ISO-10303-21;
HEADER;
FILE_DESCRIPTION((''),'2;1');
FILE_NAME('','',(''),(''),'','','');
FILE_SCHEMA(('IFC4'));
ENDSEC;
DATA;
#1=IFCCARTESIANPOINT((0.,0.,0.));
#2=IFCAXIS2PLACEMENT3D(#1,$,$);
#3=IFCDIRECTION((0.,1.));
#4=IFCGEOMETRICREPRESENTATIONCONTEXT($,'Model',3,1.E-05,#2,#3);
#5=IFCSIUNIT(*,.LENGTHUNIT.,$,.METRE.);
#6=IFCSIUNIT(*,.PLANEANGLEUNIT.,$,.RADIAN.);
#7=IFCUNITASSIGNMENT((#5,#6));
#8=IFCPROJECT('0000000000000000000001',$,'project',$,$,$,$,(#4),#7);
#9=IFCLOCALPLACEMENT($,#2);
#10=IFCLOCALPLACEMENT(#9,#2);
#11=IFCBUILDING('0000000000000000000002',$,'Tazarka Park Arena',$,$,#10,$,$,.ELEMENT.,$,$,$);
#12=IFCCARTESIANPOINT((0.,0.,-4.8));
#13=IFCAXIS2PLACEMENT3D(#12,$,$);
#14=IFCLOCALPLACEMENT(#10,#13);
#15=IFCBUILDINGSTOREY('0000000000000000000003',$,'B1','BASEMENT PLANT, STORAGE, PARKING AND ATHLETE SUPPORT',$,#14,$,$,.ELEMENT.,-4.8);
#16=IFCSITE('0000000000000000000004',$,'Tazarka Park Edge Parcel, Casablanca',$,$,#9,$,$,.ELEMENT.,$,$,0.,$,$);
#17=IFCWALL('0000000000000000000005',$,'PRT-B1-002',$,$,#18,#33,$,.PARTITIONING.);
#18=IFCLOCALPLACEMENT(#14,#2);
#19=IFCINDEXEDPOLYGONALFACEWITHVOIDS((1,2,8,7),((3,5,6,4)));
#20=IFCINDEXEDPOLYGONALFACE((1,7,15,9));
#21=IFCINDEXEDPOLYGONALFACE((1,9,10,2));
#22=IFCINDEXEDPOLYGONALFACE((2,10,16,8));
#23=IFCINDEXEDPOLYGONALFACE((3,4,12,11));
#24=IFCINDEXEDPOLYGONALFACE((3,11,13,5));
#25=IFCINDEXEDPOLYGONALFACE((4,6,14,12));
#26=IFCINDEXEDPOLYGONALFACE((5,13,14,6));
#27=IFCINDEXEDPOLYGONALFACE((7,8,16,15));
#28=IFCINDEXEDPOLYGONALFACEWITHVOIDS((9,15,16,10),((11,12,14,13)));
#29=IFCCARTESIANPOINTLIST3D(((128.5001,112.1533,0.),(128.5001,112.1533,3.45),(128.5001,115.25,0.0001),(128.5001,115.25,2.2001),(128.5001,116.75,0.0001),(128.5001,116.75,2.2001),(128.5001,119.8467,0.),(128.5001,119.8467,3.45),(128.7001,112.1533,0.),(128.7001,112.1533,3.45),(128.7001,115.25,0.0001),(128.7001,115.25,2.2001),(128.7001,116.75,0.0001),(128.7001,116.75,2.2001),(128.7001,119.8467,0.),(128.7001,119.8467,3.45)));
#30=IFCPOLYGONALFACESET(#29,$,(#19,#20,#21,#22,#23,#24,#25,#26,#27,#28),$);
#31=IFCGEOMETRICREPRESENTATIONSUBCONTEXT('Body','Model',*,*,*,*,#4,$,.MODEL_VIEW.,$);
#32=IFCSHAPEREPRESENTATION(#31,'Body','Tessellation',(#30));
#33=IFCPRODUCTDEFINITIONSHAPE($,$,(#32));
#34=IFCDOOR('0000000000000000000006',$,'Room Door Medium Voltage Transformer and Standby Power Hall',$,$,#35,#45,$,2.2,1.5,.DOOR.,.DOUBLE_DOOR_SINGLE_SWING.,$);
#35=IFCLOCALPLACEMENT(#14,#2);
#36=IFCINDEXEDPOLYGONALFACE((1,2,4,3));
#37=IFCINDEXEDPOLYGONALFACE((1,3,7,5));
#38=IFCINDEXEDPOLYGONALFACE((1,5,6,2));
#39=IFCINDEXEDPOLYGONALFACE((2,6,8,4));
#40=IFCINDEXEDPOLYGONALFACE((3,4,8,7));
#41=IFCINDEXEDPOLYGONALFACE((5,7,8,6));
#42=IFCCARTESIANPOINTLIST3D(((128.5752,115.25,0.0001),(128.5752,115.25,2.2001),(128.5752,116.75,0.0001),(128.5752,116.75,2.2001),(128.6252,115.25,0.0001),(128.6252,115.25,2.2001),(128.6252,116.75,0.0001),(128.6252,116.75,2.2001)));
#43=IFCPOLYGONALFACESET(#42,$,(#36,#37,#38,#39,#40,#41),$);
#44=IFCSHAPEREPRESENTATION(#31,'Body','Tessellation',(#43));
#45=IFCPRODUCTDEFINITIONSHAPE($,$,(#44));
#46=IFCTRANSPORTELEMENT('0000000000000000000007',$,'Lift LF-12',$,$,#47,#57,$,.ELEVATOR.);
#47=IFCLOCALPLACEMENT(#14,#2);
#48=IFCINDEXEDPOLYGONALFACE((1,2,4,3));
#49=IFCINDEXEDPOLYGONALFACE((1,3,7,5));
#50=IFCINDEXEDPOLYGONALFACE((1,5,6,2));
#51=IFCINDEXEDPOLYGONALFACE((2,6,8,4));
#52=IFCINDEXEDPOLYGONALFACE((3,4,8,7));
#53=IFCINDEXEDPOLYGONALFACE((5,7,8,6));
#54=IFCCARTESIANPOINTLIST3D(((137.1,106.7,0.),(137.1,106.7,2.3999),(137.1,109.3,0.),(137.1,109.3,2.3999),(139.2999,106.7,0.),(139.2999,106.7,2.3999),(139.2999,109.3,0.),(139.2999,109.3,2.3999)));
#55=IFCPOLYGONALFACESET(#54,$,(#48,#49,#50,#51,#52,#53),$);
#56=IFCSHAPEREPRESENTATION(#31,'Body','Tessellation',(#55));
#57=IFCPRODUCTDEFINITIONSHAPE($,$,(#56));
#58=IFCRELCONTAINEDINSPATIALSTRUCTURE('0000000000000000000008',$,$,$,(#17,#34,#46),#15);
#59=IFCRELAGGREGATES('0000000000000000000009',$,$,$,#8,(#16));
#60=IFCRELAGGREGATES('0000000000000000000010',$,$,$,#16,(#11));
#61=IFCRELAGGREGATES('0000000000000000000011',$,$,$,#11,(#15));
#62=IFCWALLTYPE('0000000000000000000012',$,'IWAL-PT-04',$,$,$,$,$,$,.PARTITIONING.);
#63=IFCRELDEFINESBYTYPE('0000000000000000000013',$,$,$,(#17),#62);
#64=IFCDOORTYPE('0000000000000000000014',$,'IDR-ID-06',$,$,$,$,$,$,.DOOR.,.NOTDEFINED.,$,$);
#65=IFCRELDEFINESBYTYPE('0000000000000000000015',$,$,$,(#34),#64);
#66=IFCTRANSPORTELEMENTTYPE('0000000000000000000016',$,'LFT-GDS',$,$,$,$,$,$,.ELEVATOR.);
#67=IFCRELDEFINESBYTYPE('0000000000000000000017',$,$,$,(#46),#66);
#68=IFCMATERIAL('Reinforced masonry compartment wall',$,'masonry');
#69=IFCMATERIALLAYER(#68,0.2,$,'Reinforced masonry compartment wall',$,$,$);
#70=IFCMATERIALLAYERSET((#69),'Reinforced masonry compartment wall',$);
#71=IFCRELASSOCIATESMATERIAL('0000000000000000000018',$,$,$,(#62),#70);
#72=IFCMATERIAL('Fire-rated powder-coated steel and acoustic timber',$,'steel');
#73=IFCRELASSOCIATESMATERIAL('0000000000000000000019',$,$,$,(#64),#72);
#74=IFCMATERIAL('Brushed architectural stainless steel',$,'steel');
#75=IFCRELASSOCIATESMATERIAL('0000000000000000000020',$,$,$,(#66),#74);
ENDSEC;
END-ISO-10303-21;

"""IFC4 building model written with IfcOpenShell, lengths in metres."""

from ifc_helpers import new_model, si_unit, direction, frame, frame_2d, origin, origin_2d, place, context, subcontext, project, spatial, rectangle, extrude, material, layer, layer_set, type_object, element, fill, save


model = new_model("IFC4")

# Units and contexts
model_context = context("Model", 3, precision=1e-05, world=origin(), true_north=direction((0.0, 1.0)))
body_context = subcontext(model_context, "Body", "Model", "MODEL_VIEW")
ifc_project = project(units=[si_unit("LENGTHUNIT", "METRE"), si_unit("PLANEANGLEUNIT", "RADIAN")], contexts=[model_context])

# Site, building, storey
site_placement = place(None, origin())
site = spatial("IfcSite", under=ifc_project, at=site_placement, Name="Tazarka Park Edge Parcel, Casablanca", CompositionType="ELEMENT", RefElevation=0.0)
building_placement = place(site_placement, origin())
building = spatial("IfcBuilding", under=site, at=building_placement, Name="Tazarka Park Arena", CompositionType="ELEMENT")
storey_placement = place(building_placement, frame((0.0, 0.0, -4.8)))
storey = spatial("IfcBuildingStorey", under=building, at=storey_placement, Name="B1", Description="BASEMENT PLANT, STORAGE, PARKING AND ATHLETE SUPPORT", CompositionType="ELEMENT", Elevation=-4.8)

# Wall, opening, door
ifc_material_1 = material(Name="Reinforced masonry compartment wall", Category="masonry")
ifc_layer_1 = layer(ifc_material_1, 0.2, Name="Reinforced masonry compartment wall")
ifc_layer_set_1 = layer_set([ifc_layer_1], Name="Reinforced masonry compartment wall")
wall_type_1 = type_object("IfcWallType", Name="IWAL-PT-04", PredefinedType="PARTITIONING", material=ifc_layer_set_1)
wall_1_placement = place(storey_placement, frame((128.6001, 112.1533, 0.0), z_axis=(0.0, 0.0, 1.0), x_axis=(0.0, 1.0, 0.0)))
wall_1 = element("IfcWall", 1, at=wall_1_placement, inside=storey, type_object=wall_type_1, Name="PRT-B1-002", PredefinedType="PARTITIONING", context=body_context, shape_type="SweptSolid", body=[
    extrude(rectangle(XDim=7.6934, YDim=0.2, at=frame_2d((3.8467, 0.0))), origin(), (0.0, 0.0, 1.0), 3.45),
])
opening_1_placement = place(wall_1_placement, frame((3.0967, 0.0, 0.0)))
opening_1 = element("IfcOpeningElement", 2, at=opening_1_placement, cuts=wall_1, PredefinedType="OPENING", context=body_context, shape_type="SweptSolid", body=[
    extrude(rectangle(XDim=1.5, YDim=2.2, at=frame_2d((0.75, 1.1001))), frame((0.0, 0.1099, 0.0), z_axis=(0.0, -1.0, 0.0), x_axis=(1.0, 0.0, 0.0)), (0.0, 0.0, 1.0), 0.22),
])
ifc_material_2 = material(Name="Fire-rated powder-coated steel and acoustic timber", Category="steel")
door_type_1 = type_object("IfcDoorType", Name="IDR-ID-06", OperationType="NOTDEFINED", PredefinedType="DOOR", material=ifc_material_2)
door_1_placement = place(opening_1_placement, origin())
door_1 = element("IfcDoor", 3, at=door_1_placement, inside=storey, type_object=door_type_1, Name="Room Door Medium Voltage Transformer and Standby Power Hall", OperationType="DOUBLE_DOOR_SINGLE_SWING", OverallHeight=2.2, OverallWidth=1.5, PredefinedType="DOOR", context=body_context, shape_type="SweptSolid", body=[
    extrude(rectangle(XDim=1.5, YDim=2.2, at=frame_2d((0.75, 1.1001))), frame((0.0, 0.0249, 0.0), z_axis=(0.0, -1.0, 0.0), x_axis=(1.0, 0.0, 0.0)), (0.0, 0.0, 1.0), 0.05),
])
fill(opening_1, door_1)

# Transport element
ifc_material_3 = material(Name="Brushed architectural stainless steel", Category="steel")
transport_element_type = type_object("IfcTransportElementType", Name="LFT-GDS", PredefinedType="ELEVATOR", material=ifc_material_3)
transport_element_placement = place(storey_placement, frame((138.2, 108.0, 0.0), z_axis=(0.0, 0.0, 1.0), x_axis=(1.0, 0.0, 0.0)))
element("IfcTransportElement", 4, at=transport_element_placement, inside=storey, type_object=transport_element_type, Name="Lift LF-12", PredefinedType="ELEVATOR", context=body_context, shape_type="SweptSolid", body=[
    extrude(rectangle(XDim=2.2, YDim=2.6001, at=origin_2d()), origin(), (0.0, 0.0, 1.0), 2.3999),
])

save(model, "model.ifc")
